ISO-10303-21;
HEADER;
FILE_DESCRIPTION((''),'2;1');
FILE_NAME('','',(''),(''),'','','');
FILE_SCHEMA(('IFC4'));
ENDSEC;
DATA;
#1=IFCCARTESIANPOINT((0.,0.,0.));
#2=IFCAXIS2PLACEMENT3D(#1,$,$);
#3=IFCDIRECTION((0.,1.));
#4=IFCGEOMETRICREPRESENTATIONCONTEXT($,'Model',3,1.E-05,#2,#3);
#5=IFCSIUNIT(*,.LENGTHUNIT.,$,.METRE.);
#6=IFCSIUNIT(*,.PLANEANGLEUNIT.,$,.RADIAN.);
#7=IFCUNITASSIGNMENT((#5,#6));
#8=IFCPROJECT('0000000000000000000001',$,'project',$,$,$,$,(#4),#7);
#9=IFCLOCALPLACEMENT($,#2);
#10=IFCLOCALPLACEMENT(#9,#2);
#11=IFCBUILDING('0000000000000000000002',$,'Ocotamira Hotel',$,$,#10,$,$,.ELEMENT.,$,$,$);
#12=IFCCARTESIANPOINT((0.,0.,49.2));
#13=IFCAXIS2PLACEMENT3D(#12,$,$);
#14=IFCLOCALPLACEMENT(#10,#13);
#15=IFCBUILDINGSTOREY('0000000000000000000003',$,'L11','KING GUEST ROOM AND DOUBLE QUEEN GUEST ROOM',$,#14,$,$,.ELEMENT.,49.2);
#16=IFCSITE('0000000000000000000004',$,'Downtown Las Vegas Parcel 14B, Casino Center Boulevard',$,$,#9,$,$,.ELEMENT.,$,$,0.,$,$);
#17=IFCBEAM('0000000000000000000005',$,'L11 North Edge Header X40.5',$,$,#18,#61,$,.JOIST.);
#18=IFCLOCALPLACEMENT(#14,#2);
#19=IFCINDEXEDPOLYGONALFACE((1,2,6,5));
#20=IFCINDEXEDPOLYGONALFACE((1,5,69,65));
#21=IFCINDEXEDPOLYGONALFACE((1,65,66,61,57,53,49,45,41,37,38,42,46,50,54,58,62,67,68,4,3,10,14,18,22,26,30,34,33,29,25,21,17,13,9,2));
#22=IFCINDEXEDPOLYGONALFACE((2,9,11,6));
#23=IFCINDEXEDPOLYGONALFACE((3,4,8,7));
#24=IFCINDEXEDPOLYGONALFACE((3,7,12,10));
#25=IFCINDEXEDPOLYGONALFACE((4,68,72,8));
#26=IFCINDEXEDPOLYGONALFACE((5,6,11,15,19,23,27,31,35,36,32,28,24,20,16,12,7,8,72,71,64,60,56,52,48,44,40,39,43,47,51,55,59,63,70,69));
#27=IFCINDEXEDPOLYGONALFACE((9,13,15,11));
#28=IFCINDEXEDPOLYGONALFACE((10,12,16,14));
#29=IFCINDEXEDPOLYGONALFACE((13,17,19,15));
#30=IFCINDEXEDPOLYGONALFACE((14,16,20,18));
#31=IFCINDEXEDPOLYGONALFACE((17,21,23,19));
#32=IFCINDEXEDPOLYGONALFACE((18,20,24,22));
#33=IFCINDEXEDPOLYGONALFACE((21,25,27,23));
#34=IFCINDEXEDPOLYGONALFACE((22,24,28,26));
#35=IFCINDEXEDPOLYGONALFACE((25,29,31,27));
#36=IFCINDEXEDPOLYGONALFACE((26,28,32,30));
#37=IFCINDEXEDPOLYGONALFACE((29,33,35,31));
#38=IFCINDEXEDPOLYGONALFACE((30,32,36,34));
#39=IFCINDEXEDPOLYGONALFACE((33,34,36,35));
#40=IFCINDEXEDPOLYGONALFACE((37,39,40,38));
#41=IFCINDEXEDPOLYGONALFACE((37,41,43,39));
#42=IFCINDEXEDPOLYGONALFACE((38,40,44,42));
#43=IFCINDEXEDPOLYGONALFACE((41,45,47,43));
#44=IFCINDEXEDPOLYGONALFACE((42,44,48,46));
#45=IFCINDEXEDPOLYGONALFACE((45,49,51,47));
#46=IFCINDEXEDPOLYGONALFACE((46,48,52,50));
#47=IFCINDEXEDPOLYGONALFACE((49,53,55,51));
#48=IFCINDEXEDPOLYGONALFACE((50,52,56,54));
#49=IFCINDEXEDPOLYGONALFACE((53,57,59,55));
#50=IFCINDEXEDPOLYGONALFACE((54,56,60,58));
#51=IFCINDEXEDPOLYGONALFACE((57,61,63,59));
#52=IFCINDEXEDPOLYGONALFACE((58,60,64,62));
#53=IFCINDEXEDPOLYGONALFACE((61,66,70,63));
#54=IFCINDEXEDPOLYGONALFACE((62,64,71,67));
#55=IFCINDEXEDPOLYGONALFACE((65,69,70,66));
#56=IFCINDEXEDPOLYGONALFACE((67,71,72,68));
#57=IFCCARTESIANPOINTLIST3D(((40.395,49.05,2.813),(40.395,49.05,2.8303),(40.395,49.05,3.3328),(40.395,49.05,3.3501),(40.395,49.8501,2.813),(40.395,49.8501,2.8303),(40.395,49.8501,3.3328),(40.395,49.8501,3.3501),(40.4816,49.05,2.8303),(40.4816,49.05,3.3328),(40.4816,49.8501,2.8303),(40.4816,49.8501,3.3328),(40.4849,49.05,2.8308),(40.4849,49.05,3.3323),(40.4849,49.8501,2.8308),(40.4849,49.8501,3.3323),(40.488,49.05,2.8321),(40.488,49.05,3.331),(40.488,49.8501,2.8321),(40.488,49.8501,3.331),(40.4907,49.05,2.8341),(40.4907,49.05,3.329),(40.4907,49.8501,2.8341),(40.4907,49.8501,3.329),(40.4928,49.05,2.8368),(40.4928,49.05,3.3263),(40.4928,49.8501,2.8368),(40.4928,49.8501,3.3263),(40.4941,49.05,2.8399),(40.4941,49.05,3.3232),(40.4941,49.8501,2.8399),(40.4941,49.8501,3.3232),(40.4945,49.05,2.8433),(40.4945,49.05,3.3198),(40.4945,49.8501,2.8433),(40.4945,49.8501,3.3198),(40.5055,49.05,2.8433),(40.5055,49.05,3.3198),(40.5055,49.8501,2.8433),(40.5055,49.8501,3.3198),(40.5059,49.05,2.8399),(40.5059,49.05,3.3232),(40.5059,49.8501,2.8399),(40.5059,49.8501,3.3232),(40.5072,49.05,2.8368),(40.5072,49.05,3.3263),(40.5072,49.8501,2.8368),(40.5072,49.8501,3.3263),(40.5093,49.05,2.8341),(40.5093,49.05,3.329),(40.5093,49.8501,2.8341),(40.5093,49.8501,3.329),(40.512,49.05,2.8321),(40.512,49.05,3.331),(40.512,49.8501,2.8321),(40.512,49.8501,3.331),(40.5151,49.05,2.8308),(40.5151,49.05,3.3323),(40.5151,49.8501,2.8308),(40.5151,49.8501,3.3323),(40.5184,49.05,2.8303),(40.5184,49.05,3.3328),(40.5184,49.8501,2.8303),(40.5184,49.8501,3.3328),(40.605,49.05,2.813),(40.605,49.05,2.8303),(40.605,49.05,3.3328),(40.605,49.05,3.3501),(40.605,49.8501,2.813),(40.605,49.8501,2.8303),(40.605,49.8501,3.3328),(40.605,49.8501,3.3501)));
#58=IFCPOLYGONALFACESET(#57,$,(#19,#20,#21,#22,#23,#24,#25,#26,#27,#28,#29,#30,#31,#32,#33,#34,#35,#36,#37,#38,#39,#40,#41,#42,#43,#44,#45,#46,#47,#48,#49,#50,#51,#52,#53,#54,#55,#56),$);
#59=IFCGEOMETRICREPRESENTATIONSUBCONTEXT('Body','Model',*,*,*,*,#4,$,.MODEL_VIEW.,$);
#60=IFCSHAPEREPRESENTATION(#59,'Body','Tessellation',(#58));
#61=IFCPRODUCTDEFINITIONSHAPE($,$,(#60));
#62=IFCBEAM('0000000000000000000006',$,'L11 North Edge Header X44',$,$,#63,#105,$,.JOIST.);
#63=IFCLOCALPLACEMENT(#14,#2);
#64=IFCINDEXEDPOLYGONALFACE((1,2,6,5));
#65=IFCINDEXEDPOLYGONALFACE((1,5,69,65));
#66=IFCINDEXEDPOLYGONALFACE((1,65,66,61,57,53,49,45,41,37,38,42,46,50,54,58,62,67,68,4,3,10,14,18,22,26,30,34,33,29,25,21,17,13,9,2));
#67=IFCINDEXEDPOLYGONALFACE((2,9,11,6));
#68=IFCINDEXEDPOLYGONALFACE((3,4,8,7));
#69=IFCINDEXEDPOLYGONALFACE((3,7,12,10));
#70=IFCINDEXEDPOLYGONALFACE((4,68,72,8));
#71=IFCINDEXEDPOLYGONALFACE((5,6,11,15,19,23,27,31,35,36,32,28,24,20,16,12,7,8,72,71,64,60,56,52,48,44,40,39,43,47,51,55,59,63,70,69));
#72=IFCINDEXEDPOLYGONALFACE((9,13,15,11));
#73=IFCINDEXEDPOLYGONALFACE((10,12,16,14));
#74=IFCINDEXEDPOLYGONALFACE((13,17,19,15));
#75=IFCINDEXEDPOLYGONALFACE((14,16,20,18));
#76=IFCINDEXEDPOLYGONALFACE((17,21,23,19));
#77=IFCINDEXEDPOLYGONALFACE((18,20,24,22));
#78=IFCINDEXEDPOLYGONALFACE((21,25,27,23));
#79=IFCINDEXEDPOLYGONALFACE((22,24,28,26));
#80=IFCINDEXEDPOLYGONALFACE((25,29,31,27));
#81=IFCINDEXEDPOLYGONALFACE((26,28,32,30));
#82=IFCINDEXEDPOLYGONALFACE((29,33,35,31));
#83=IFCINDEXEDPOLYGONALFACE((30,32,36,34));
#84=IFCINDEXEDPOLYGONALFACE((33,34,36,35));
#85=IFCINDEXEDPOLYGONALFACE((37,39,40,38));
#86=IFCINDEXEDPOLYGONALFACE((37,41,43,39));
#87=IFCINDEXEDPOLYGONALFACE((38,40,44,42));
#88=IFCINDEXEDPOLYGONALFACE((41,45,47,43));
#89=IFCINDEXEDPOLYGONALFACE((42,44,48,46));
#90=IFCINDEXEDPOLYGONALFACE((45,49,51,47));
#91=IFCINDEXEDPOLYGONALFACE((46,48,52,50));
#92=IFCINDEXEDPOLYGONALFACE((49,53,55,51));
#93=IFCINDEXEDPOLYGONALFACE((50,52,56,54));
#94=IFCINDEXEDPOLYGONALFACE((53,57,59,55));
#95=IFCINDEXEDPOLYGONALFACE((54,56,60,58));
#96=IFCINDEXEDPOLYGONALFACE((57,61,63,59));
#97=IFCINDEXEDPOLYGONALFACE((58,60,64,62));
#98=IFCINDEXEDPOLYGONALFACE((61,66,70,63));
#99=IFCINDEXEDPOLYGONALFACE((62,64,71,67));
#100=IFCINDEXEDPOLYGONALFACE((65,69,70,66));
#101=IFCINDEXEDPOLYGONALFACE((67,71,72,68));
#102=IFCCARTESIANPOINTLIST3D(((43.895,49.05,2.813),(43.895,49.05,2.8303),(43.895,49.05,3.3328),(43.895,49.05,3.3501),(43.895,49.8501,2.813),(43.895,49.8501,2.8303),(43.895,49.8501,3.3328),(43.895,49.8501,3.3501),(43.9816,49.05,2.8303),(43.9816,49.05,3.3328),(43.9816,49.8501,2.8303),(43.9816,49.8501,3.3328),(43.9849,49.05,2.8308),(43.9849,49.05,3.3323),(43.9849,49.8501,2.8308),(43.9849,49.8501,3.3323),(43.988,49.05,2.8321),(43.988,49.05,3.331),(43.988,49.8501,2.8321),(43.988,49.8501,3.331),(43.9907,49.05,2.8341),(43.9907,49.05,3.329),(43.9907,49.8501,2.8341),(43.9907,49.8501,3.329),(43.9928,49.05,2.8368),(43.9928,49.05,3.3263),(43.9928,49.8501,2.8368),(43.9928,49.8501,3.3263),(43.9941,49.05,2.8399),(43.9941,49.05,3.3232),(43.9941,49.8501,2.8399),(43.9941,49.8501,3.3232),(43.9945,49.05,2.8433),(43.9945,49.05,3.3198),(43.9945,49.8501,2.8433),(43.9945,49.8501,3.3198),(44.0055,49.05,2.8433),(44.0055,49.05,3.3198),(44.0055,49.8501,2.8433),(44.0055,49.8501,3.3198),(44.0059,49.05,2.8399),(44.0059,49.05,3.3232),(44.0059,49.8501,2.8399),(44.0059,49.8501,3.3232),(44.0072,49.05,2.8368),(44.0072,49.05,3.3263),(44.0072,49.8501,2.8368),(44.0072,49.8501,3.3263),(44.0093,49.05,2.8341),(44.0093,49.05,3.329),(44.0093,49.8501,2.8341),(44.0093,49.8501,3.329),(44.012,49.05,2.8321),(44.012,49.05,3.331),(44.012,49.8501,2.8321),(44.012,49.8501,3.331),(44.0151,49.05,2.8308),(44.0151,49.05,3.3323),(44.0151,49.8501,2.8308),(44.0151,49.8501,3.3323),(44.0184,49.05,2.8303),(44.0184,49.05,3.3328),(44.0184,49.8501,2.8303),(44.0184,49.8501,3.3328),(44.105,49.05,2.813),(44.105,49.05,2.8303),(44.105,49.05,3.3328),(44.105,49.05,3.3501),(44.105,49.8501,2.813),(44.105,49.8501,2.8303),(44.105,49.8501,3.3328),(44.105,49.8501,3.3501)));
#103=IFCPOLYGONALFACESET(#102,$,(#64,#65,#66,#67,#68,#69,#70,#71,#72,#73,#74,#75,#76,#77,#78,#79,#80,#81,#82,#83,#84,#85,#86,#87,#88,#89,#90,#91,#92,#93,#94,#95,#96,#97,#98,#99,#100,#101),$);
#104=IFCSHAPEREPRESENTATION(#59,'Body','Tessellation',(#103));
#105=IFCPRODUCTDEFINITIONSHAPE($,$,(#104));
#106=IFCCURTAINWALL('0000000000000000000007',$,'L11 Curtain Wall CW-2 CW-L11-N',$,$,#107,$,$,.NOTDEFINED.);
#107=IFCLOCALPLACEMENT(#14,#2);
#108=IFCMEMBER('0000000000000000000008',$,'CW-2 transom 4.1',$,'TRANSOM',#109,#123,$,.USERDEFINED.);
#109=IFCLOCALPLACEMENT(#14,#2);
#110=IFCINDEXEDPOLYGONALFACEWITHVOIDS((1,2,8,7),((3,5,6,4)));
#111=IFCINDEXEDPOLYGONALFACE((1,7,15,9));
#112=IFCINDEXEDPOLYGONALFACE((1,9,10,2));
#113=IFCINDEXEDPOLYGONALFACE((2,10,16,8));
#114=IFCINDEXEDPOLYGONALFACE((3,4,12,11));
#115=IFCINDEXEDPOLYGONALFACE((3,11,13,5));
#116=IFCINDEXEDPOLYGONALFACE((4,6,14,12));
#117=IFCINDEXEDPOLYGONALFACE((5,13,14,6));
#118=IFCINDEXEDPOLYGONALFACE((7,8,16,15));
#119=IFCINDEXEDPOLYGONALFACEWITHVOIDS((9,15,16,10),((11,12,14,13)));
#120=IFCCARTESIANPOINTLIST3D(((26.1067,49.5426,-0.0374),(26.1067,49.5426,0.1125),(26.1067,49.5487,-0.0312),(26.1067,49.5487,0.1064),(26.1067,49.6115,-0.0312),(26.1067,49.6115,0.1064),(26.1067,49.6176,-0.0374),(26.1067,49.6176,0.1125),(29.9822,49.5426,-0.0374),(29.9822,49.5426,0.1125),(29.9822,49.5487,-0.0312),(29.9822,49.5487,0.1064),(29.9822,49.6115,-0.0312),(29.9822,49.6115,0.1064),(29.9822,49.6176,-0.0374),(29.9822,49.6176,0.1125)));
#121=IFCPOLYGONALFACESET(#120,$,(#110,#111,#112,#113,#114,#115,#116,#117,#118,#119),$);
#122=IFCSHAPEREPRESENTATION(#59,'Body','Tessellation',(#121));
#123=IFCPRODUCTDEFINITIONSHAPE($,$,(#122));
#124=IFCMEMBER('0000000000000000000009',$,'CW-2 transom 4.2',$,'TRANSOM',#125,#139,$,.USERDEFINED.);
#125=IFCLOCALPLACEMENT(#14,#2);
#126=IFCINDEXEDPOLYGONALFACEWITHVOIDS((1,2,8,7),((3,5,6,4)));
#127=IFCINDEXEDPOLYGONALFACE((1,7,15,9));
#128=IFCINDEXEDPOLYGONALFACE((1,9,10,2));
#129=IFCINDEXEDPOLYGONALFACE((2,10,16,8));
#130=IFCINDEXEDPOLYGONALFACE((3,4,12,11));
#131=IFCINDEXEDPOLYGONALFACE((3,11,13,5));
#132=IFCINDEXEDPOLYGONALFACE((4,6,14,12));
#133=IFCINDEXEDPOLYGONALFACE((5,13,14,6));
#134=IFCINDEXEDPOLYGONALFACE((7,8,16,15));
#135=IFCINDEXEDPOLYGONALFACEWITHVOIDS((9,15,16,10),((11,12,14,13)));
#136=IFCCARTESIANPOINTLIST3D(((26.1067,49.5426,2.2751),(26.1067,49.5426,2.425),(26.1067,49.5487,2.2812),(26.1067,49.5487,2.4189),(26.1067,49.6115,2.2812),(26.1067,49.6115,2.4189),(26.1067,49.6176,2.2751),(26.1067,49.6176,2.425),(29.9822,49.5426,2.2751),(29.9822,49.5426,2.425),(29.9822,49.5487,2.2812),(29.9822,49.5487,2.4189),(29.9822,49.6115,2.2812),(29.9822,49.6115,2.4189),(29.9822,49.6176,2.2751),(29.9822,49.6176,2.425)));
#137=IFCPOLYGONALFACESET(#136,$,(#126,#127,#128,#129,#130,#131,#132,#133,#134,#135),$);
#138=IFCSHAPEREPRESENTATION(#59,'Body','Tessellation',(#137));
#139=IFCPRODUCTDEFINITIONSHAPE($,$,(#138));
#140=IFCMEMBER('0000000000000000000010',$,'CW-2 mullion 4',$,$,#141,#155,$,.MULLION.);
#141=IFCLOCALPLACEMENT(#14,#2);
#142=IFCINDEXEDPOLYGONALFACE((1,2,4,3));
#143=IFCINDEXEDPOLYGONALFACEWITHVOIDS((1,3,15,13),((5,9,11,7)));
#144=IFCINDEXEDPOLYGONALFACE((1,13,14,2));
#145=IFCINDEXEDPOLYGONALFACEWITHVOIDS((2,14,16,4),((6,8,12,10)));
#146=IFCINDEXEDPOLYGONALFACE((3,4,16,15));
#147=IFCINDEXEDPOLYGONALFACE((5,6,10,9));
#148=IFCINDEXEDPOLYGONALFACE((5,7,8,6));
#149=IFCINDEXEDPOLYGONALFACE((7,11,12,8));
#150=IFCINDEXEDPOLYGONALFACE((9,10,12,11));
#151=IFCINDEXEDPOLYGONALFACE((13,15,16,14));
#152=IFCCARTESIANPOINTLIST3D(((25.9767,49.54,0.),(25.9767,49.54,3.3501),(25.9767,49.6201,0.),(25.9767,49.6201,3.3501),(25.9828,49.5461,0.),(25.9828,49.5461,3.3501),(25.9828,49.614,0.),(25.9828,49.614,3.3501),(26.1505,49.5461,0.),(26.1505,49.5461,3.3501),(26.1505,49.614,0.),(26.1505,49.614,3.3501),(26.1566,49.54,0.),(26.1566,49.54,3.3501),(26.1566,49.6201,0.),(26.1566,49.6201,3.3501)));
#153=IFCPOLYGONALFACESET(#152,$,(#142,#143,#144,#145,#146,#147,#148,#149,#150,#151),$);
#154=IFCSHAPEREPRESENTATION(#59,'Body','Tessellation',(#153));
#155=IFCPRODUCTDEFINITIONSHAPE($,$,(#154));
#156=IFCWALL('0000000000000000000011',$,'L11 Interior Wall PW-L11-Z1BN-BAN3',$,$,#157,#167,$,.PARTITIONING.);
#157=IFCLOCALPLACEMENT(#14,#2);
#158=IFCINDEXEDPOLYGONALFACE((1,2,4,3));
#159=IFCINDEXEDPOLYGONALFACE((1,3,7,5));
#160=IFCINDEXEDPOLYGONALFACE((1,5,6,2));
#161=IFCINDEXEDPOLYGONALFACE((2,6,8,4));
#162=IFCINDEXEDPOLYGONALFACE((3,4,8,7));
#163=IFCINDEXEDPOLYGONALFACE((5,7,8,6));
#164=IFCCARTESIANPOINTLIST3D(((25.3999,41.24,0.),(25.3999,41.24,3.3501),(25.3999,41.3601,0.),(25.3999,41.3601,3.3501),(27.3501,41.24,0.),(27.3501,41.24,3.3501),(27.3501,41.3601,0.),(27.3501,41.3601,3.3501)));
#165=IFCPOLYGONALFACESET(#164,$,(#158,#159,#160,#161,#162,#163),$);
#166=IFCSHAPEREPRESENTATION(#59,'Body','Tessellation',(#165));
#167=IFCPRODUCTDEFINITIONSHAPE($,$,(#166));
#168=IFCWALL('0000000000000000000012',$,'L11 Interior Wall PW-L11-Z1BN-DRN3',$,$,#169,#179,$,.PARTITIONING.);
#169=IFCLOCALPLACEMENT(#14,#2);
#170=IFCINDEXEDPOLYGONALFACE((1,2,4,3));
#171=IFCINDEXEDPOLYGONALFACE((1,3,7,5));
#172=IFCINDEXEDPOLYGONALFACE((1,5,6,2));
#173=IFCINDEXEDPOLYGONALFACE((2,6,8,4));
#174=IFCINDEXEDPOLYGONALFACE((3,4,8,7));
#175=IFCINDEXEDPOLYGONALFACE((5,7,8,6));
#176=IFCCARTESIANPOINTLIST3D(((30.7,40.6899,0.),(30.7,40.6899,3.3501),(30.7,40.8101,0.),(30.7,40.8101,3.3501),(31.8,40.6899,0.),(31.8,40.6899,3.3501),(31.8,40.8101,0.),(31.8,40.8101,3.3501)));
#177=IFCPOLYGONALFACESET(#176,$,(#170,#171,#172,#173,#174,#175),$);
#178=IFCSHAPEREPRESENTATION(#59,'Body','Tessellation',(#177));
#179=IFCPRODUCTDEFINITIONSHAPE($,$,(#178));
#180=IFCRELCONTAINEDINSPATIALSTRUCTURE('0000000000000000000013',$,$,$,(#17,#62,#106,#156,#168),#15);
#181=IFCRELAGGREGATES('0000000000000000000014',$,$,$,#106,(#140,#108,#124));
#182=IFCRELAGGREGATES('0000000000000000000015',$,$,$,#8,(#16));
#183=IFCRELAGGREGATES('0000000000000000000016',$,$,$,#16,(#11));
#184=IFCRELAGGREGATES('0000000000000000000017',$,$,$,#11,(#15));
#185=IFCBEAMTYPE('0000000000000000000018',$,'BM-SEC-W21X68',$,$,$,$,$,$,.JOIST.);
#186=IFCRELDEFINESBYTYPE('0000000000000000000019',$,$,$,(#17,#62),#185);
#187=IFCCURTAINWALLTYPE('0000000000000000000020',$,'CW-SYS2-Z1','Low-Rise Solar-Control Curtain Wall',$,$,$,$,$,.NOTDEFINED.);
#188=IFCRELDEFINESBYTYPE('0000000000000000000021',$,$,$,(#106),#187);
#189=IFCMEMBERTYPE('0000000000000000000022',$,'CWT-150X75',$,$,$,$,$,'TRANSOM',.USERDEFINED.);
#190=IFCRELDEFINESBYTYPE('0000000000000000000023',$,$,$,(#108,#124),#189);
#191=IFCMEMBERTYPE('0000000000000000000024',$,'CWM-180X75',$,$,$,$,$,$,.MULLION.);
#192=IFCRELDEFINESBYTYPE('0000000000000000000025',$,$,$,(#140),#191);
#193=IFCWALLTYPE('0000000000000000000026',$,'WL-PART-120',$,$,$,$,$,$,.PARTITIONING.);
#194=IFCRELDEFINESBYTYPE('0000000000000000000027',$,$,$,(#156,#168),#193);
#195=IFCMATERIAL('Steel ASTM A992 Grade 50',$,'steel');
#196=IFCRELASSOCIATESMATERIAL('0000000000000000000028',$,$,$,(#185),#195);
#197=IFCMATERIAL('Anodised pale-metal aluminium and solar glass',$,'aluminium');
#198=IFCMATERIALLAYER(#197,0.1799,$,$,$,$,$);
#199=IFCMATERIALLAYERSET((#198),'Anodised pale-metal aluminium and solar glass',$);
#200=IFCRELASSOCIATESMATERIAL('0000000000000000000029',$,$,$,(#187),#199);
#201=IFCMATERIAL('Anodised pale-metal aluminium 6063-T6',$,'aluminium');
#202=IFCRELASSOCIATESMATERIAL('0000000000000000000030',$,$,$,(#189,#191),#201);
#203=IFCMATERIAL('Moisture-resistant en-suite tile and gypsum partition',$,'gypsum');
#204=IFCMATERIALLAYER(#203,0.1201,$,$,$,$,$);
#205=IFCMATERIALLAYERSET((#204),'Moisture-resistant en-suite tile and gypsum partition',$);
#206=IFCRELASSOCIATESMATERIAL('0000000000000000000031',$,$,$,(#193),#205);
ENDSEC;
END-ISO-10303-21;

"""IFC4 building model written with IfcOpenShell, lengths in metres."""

from ifc_helpers import new_model, si_unit, direction, frame, frame_2d, origin, origin_2d, place, context, subcontext, project, spatial, rectangle, hollow_rectangle, i_section, extrude, source, transform, mapped, material, layer, layer_set, material_profile, profile_set, type_object, element, aggregate, save


model = new_model("IFC4")

# Units and contexts
model_context = context("Model", 3, precision=1e-05, world=origin(), true_north=direction((0.0, 1.0)))
body_context = subcontext(model_context, "Body", "Model", "MODEL_VIEW")
ifc_project = project(units=[si_unit("LENGTHUNIT", "METRE"), si_unit("PLANEANGLEUNIT", "RADIAN")], contexts=[model_context])

# Site, building, storey
site_placement = place(None, origin())
site = spatial("IfcSite", under=ifc_project, at=site_placement, Name="Downtown Las Vegas Parcel 14B, Casino Center Boulevard", CompositionType="ELEMENT", RefElevation=0.0)
building_placement = place(site_placement, origin())
building = spatial("IfcBuilding", under=site, at=building_placement, Name="Ocotamira Hotel", CompositionType="ELEMENT")
storey_placement = place(building_placement, frame((0.0, 0.0, 49.2)))
storey = spatial("IfcBuildingStorey", under=building, at=storey_placement, Name="L11", Description="KING GUEST ROOM AND DOUBLE QUEEN GUEST ROOM", CompositionType="ELEMENT", Elevation=49.2)

# Beams
ifc_material_1 = material(Name="Steel ASTM A992 Grade 50", Category="steel")
ifc_material_profile_1 = material_profile(ifc_material_1, i_section(OverallWidth=0.21, OverallDepth=0.5371, WebThickness=0.011, FlangeThickness=0.0173, FilletRadius=0.0129, at=origin_2d()), Name="W21X68")
ifc_profile_set_1 = profile_set([ifc_material_profile_1], Name="Steel ASTM A992 Grade 50")
beam_type_1 = type_object("IfcBeamType", Name="BM-SEC-W21X68", PredefinedType="JOIST", material=ifc_profile_set_1)
shared_shape_1 = source(origin(), body_context, "Body", "SweptSolid", [
    extrude(i_section(OverallWidth=0.21, OverallDepth=0.5371, WebThickness=0.011, FlangeThickness=0.0173, FilletRadius=0.0129, at=origin_2d()), origin(), (0.0, 0.0, 1.0), 0.8),
])
for number, where, z_axis, x_axis, name in (
    (1, (40.5, 49.05, 3.0815), (0.0, 1.0, 0.0), (-1.0, 0.0, 0.0), "L11 North Edge Header X40.5"),
    (2, (44.0, 49.05, 3.0815), (0.0, 1.0, 0.0), (-1.0, 0.0, 0.0), "L11 North Edge Header X44"),
):
    element("IfcBeam", number, at=place(storey_placement, frame(where, z_axis=z_axis, x_axis=x_axis)), inside=storey, type_object=beam_type_1, Name=name, PredefinedType="JOIST", context=body_context, shape_type="MappedRepresentation", body=[
        mapped(shared_shape_1, transform((0.0, 0.0, 0.0), scale=1.0)),
    ])

# Curtain wall, members
ifc_material_2 = material(Name="Anodised pale-metal aluminium and solar glass", Category="aluminium")
ifc_layer_1 = layer(ifc_material_2, 0.1799)
ifc_layer_set_1 = layer_set([ifc_layer_1], Name="Anodised pale-metal aluminium and solar glass")
curtain_wall_type = type_object("IfcCurtainWallType", Name="CW-SYS2-Z1", Description="Low-Rise Solar-Control Curtain Wall", PredefinedType="NOTDEFINED", material=ifc_layer_set_1)
curtain_wall_placement = place(storey_placement, origin())
curtain_wall = element("IfcCurtainWall", 3, at=curtain_wall_placement, inside=storey, type_object=curtain_wall_type, Name="L11 Curtain Wall CW-2 CW-L11-N", PredefinedType="NOTDEFINED")
ifc_material_3 = material(Name="Anodised pale-metal aluminium 6063-T6", Category="aluminium")
ifc_material_profile_2 = material_profile(ifc_material_3, hollow_rectangle(XDim=0.075, YDim=0.1499, WallThickness=0.0061, at=origin_2d()), Name="HSS150X75X6")
ifc_profile_set_2 = profile_set([ifc_material_profile_2], Name="Anodised pale-metal aluminium 6063-T6")
member_type_1 = type_object("IfcMemberType", Name="CWT-150X75", ElementType="TRANSOM", PredefinedType="USERDEFINED", material=ifc_profile_set_2)
shared_shape_2 = source(origin(), body_context, "Body", "SweptSolid", [
    extrude(hollow_rectangle(XDim=0.075, YDim=0.1499, WallThickness=0.0061, at=origin_2d()), origin(), (0.0, 0.0, 1.0), 3.8755),
])
member_1_placement = place(storey_placement, frame((26.1067, 49.5801, 0.0376), z_axis=(1.0, 0.0, 0.0), x_axis=(0.0, 1.0, 0.0)))
member_1 = element("IfcMember", 4, at=member_1_placement, type_object=member_type_1, Name="CW-2 transom 4.1", ObjectType="TRANSOM", PredefinedType="USERDEFINED", context=body_context, shape_type="MappedRepresentation", body=[
    mapped(shared_shape_2, transform((0.0, 0.0, 0.0), scale=1.0)),
])
member_2_placement = place(storey_placement, frame((26.1067, 49.5801, 2.3501), z_axis=(1.0, 0.0, 0.0), x_axis=(0.0, 1.0, 0.0)))
member_2 = element("IfcMember", 5, at=member_2_placement, type_object=member_type_1, Name="CW-2 transom 4.2", ObjectType="TRANSOM", PredefinedType="USERDEFINED", context=body_context, shape_type="MappedRepresentation", body=[
    mapped(shared_shape_2, transform((0.0, 0.0, 0.0), scale=1.0)),
])
ifc_material_profile_3 = material_profile(ifc_material_3, hollow_rectangle(XDim=0.0801, YDim=0.1799, WallThickness=0.0061, at=origin_2d()), Name="HSS180X80X6")
ifc_profile_set_3 = profile_set([ifc_material_profile_3], Name="Anodised pale-metal aluminium 6063-T6")
member_type_2 = type_object("IfcMemberType", Name="CWM-180X75", PredefinedType="MULLION", material=ifc_profile_set_3)
shared_shape_3 = source(origin(), body_context, "Body", "SweptSolid", [
    extrude(hollow_rectangle(XDim=0.0801, YDim=0.1799, WallThickness=0.0061, at=origin_2d()), origin(), (0.0, 0.0, 1.0), 3.3501),
])
member_3_placement = place(storey_placement, frame((26.0667, 49.5801, 0.0), z_axis=(0.0, 0.0, 1.0), x_axis=(0.0, 1.0, 0.0)))
member_3 = element("IfcMember", 6, at=member_3_placement, type_object=member_type_2, Name="CW-2 mullion 4", PredefinedType="MULLION", context=body_context, shape_type="MappedRepresentation", body=[
    mapped(shared_shape_3, transform((0.0, 0.0, 0.0), scale=1.0)),
])
aggregate(curtain_wall, [member_3, member_1, member_2])

# Walls
ifc_material_4 = material(Name="Moisture-resistant en-suite tile and gypsum partition", Category="gypsum")
ifc_layer_2 = layer(ifc_material_4, 0.1201)
ifc_layer_set_2 = layer_set([ifc_layer_2], Name="Moisture-resistant en-suite tile and gypsum partition")
wall_type_1 = type_object("IfcWallType", Name="WL-PART-120", PredefinedType="PARTITIONING", material=ifc_layer_set_2)
wall_1_placement = place(storey_placement, frame((25.3999, 41.3, 0.0), z_axis=(0.0, 0.0, 1.0), x_axis=(1.0, 0.0, 0.0)))
element("IfcWall", 7, at=wall_1_placement, inside=storey, type_object=wall_type_1, Name="L11 Interior Wall PW-L11-Z1BN-BAN3", PredefinedType="PARTITIONING", context=body_context, shape_type="SweptSolid", body=[
    extrude(rectangle(XDim=1.9502, YDim=0.1201, at=frame_2d((0.9751, 0.0))), origin(), (0.0, 0.0, 1.0), 3.3501),
])
wall_2_placement = place(storey_placement, frame((30.7, 40.75, 0.0), z_axis=(0.0, 0.0, 1.0), x_axis=(1.0, 0.0, 0.0)))
element("IfcWall", 8, at=wall_2_placement, inside=storey, type_object=wall_type_1, Name="L11 Interior Wall PW-L11-Z1BN-DRN3", PredefinedType="PARTITIONING", context=body_context, shape_type="SweptSolid", body=[
    extrude(rectangle(XDim=1.1001, YDim=0.1201, at=frame_2d((0.55, 0.0))), origin(), (0.0, 0.0, 1.0), 3.3501),
])

save(model, "model.ifc")
